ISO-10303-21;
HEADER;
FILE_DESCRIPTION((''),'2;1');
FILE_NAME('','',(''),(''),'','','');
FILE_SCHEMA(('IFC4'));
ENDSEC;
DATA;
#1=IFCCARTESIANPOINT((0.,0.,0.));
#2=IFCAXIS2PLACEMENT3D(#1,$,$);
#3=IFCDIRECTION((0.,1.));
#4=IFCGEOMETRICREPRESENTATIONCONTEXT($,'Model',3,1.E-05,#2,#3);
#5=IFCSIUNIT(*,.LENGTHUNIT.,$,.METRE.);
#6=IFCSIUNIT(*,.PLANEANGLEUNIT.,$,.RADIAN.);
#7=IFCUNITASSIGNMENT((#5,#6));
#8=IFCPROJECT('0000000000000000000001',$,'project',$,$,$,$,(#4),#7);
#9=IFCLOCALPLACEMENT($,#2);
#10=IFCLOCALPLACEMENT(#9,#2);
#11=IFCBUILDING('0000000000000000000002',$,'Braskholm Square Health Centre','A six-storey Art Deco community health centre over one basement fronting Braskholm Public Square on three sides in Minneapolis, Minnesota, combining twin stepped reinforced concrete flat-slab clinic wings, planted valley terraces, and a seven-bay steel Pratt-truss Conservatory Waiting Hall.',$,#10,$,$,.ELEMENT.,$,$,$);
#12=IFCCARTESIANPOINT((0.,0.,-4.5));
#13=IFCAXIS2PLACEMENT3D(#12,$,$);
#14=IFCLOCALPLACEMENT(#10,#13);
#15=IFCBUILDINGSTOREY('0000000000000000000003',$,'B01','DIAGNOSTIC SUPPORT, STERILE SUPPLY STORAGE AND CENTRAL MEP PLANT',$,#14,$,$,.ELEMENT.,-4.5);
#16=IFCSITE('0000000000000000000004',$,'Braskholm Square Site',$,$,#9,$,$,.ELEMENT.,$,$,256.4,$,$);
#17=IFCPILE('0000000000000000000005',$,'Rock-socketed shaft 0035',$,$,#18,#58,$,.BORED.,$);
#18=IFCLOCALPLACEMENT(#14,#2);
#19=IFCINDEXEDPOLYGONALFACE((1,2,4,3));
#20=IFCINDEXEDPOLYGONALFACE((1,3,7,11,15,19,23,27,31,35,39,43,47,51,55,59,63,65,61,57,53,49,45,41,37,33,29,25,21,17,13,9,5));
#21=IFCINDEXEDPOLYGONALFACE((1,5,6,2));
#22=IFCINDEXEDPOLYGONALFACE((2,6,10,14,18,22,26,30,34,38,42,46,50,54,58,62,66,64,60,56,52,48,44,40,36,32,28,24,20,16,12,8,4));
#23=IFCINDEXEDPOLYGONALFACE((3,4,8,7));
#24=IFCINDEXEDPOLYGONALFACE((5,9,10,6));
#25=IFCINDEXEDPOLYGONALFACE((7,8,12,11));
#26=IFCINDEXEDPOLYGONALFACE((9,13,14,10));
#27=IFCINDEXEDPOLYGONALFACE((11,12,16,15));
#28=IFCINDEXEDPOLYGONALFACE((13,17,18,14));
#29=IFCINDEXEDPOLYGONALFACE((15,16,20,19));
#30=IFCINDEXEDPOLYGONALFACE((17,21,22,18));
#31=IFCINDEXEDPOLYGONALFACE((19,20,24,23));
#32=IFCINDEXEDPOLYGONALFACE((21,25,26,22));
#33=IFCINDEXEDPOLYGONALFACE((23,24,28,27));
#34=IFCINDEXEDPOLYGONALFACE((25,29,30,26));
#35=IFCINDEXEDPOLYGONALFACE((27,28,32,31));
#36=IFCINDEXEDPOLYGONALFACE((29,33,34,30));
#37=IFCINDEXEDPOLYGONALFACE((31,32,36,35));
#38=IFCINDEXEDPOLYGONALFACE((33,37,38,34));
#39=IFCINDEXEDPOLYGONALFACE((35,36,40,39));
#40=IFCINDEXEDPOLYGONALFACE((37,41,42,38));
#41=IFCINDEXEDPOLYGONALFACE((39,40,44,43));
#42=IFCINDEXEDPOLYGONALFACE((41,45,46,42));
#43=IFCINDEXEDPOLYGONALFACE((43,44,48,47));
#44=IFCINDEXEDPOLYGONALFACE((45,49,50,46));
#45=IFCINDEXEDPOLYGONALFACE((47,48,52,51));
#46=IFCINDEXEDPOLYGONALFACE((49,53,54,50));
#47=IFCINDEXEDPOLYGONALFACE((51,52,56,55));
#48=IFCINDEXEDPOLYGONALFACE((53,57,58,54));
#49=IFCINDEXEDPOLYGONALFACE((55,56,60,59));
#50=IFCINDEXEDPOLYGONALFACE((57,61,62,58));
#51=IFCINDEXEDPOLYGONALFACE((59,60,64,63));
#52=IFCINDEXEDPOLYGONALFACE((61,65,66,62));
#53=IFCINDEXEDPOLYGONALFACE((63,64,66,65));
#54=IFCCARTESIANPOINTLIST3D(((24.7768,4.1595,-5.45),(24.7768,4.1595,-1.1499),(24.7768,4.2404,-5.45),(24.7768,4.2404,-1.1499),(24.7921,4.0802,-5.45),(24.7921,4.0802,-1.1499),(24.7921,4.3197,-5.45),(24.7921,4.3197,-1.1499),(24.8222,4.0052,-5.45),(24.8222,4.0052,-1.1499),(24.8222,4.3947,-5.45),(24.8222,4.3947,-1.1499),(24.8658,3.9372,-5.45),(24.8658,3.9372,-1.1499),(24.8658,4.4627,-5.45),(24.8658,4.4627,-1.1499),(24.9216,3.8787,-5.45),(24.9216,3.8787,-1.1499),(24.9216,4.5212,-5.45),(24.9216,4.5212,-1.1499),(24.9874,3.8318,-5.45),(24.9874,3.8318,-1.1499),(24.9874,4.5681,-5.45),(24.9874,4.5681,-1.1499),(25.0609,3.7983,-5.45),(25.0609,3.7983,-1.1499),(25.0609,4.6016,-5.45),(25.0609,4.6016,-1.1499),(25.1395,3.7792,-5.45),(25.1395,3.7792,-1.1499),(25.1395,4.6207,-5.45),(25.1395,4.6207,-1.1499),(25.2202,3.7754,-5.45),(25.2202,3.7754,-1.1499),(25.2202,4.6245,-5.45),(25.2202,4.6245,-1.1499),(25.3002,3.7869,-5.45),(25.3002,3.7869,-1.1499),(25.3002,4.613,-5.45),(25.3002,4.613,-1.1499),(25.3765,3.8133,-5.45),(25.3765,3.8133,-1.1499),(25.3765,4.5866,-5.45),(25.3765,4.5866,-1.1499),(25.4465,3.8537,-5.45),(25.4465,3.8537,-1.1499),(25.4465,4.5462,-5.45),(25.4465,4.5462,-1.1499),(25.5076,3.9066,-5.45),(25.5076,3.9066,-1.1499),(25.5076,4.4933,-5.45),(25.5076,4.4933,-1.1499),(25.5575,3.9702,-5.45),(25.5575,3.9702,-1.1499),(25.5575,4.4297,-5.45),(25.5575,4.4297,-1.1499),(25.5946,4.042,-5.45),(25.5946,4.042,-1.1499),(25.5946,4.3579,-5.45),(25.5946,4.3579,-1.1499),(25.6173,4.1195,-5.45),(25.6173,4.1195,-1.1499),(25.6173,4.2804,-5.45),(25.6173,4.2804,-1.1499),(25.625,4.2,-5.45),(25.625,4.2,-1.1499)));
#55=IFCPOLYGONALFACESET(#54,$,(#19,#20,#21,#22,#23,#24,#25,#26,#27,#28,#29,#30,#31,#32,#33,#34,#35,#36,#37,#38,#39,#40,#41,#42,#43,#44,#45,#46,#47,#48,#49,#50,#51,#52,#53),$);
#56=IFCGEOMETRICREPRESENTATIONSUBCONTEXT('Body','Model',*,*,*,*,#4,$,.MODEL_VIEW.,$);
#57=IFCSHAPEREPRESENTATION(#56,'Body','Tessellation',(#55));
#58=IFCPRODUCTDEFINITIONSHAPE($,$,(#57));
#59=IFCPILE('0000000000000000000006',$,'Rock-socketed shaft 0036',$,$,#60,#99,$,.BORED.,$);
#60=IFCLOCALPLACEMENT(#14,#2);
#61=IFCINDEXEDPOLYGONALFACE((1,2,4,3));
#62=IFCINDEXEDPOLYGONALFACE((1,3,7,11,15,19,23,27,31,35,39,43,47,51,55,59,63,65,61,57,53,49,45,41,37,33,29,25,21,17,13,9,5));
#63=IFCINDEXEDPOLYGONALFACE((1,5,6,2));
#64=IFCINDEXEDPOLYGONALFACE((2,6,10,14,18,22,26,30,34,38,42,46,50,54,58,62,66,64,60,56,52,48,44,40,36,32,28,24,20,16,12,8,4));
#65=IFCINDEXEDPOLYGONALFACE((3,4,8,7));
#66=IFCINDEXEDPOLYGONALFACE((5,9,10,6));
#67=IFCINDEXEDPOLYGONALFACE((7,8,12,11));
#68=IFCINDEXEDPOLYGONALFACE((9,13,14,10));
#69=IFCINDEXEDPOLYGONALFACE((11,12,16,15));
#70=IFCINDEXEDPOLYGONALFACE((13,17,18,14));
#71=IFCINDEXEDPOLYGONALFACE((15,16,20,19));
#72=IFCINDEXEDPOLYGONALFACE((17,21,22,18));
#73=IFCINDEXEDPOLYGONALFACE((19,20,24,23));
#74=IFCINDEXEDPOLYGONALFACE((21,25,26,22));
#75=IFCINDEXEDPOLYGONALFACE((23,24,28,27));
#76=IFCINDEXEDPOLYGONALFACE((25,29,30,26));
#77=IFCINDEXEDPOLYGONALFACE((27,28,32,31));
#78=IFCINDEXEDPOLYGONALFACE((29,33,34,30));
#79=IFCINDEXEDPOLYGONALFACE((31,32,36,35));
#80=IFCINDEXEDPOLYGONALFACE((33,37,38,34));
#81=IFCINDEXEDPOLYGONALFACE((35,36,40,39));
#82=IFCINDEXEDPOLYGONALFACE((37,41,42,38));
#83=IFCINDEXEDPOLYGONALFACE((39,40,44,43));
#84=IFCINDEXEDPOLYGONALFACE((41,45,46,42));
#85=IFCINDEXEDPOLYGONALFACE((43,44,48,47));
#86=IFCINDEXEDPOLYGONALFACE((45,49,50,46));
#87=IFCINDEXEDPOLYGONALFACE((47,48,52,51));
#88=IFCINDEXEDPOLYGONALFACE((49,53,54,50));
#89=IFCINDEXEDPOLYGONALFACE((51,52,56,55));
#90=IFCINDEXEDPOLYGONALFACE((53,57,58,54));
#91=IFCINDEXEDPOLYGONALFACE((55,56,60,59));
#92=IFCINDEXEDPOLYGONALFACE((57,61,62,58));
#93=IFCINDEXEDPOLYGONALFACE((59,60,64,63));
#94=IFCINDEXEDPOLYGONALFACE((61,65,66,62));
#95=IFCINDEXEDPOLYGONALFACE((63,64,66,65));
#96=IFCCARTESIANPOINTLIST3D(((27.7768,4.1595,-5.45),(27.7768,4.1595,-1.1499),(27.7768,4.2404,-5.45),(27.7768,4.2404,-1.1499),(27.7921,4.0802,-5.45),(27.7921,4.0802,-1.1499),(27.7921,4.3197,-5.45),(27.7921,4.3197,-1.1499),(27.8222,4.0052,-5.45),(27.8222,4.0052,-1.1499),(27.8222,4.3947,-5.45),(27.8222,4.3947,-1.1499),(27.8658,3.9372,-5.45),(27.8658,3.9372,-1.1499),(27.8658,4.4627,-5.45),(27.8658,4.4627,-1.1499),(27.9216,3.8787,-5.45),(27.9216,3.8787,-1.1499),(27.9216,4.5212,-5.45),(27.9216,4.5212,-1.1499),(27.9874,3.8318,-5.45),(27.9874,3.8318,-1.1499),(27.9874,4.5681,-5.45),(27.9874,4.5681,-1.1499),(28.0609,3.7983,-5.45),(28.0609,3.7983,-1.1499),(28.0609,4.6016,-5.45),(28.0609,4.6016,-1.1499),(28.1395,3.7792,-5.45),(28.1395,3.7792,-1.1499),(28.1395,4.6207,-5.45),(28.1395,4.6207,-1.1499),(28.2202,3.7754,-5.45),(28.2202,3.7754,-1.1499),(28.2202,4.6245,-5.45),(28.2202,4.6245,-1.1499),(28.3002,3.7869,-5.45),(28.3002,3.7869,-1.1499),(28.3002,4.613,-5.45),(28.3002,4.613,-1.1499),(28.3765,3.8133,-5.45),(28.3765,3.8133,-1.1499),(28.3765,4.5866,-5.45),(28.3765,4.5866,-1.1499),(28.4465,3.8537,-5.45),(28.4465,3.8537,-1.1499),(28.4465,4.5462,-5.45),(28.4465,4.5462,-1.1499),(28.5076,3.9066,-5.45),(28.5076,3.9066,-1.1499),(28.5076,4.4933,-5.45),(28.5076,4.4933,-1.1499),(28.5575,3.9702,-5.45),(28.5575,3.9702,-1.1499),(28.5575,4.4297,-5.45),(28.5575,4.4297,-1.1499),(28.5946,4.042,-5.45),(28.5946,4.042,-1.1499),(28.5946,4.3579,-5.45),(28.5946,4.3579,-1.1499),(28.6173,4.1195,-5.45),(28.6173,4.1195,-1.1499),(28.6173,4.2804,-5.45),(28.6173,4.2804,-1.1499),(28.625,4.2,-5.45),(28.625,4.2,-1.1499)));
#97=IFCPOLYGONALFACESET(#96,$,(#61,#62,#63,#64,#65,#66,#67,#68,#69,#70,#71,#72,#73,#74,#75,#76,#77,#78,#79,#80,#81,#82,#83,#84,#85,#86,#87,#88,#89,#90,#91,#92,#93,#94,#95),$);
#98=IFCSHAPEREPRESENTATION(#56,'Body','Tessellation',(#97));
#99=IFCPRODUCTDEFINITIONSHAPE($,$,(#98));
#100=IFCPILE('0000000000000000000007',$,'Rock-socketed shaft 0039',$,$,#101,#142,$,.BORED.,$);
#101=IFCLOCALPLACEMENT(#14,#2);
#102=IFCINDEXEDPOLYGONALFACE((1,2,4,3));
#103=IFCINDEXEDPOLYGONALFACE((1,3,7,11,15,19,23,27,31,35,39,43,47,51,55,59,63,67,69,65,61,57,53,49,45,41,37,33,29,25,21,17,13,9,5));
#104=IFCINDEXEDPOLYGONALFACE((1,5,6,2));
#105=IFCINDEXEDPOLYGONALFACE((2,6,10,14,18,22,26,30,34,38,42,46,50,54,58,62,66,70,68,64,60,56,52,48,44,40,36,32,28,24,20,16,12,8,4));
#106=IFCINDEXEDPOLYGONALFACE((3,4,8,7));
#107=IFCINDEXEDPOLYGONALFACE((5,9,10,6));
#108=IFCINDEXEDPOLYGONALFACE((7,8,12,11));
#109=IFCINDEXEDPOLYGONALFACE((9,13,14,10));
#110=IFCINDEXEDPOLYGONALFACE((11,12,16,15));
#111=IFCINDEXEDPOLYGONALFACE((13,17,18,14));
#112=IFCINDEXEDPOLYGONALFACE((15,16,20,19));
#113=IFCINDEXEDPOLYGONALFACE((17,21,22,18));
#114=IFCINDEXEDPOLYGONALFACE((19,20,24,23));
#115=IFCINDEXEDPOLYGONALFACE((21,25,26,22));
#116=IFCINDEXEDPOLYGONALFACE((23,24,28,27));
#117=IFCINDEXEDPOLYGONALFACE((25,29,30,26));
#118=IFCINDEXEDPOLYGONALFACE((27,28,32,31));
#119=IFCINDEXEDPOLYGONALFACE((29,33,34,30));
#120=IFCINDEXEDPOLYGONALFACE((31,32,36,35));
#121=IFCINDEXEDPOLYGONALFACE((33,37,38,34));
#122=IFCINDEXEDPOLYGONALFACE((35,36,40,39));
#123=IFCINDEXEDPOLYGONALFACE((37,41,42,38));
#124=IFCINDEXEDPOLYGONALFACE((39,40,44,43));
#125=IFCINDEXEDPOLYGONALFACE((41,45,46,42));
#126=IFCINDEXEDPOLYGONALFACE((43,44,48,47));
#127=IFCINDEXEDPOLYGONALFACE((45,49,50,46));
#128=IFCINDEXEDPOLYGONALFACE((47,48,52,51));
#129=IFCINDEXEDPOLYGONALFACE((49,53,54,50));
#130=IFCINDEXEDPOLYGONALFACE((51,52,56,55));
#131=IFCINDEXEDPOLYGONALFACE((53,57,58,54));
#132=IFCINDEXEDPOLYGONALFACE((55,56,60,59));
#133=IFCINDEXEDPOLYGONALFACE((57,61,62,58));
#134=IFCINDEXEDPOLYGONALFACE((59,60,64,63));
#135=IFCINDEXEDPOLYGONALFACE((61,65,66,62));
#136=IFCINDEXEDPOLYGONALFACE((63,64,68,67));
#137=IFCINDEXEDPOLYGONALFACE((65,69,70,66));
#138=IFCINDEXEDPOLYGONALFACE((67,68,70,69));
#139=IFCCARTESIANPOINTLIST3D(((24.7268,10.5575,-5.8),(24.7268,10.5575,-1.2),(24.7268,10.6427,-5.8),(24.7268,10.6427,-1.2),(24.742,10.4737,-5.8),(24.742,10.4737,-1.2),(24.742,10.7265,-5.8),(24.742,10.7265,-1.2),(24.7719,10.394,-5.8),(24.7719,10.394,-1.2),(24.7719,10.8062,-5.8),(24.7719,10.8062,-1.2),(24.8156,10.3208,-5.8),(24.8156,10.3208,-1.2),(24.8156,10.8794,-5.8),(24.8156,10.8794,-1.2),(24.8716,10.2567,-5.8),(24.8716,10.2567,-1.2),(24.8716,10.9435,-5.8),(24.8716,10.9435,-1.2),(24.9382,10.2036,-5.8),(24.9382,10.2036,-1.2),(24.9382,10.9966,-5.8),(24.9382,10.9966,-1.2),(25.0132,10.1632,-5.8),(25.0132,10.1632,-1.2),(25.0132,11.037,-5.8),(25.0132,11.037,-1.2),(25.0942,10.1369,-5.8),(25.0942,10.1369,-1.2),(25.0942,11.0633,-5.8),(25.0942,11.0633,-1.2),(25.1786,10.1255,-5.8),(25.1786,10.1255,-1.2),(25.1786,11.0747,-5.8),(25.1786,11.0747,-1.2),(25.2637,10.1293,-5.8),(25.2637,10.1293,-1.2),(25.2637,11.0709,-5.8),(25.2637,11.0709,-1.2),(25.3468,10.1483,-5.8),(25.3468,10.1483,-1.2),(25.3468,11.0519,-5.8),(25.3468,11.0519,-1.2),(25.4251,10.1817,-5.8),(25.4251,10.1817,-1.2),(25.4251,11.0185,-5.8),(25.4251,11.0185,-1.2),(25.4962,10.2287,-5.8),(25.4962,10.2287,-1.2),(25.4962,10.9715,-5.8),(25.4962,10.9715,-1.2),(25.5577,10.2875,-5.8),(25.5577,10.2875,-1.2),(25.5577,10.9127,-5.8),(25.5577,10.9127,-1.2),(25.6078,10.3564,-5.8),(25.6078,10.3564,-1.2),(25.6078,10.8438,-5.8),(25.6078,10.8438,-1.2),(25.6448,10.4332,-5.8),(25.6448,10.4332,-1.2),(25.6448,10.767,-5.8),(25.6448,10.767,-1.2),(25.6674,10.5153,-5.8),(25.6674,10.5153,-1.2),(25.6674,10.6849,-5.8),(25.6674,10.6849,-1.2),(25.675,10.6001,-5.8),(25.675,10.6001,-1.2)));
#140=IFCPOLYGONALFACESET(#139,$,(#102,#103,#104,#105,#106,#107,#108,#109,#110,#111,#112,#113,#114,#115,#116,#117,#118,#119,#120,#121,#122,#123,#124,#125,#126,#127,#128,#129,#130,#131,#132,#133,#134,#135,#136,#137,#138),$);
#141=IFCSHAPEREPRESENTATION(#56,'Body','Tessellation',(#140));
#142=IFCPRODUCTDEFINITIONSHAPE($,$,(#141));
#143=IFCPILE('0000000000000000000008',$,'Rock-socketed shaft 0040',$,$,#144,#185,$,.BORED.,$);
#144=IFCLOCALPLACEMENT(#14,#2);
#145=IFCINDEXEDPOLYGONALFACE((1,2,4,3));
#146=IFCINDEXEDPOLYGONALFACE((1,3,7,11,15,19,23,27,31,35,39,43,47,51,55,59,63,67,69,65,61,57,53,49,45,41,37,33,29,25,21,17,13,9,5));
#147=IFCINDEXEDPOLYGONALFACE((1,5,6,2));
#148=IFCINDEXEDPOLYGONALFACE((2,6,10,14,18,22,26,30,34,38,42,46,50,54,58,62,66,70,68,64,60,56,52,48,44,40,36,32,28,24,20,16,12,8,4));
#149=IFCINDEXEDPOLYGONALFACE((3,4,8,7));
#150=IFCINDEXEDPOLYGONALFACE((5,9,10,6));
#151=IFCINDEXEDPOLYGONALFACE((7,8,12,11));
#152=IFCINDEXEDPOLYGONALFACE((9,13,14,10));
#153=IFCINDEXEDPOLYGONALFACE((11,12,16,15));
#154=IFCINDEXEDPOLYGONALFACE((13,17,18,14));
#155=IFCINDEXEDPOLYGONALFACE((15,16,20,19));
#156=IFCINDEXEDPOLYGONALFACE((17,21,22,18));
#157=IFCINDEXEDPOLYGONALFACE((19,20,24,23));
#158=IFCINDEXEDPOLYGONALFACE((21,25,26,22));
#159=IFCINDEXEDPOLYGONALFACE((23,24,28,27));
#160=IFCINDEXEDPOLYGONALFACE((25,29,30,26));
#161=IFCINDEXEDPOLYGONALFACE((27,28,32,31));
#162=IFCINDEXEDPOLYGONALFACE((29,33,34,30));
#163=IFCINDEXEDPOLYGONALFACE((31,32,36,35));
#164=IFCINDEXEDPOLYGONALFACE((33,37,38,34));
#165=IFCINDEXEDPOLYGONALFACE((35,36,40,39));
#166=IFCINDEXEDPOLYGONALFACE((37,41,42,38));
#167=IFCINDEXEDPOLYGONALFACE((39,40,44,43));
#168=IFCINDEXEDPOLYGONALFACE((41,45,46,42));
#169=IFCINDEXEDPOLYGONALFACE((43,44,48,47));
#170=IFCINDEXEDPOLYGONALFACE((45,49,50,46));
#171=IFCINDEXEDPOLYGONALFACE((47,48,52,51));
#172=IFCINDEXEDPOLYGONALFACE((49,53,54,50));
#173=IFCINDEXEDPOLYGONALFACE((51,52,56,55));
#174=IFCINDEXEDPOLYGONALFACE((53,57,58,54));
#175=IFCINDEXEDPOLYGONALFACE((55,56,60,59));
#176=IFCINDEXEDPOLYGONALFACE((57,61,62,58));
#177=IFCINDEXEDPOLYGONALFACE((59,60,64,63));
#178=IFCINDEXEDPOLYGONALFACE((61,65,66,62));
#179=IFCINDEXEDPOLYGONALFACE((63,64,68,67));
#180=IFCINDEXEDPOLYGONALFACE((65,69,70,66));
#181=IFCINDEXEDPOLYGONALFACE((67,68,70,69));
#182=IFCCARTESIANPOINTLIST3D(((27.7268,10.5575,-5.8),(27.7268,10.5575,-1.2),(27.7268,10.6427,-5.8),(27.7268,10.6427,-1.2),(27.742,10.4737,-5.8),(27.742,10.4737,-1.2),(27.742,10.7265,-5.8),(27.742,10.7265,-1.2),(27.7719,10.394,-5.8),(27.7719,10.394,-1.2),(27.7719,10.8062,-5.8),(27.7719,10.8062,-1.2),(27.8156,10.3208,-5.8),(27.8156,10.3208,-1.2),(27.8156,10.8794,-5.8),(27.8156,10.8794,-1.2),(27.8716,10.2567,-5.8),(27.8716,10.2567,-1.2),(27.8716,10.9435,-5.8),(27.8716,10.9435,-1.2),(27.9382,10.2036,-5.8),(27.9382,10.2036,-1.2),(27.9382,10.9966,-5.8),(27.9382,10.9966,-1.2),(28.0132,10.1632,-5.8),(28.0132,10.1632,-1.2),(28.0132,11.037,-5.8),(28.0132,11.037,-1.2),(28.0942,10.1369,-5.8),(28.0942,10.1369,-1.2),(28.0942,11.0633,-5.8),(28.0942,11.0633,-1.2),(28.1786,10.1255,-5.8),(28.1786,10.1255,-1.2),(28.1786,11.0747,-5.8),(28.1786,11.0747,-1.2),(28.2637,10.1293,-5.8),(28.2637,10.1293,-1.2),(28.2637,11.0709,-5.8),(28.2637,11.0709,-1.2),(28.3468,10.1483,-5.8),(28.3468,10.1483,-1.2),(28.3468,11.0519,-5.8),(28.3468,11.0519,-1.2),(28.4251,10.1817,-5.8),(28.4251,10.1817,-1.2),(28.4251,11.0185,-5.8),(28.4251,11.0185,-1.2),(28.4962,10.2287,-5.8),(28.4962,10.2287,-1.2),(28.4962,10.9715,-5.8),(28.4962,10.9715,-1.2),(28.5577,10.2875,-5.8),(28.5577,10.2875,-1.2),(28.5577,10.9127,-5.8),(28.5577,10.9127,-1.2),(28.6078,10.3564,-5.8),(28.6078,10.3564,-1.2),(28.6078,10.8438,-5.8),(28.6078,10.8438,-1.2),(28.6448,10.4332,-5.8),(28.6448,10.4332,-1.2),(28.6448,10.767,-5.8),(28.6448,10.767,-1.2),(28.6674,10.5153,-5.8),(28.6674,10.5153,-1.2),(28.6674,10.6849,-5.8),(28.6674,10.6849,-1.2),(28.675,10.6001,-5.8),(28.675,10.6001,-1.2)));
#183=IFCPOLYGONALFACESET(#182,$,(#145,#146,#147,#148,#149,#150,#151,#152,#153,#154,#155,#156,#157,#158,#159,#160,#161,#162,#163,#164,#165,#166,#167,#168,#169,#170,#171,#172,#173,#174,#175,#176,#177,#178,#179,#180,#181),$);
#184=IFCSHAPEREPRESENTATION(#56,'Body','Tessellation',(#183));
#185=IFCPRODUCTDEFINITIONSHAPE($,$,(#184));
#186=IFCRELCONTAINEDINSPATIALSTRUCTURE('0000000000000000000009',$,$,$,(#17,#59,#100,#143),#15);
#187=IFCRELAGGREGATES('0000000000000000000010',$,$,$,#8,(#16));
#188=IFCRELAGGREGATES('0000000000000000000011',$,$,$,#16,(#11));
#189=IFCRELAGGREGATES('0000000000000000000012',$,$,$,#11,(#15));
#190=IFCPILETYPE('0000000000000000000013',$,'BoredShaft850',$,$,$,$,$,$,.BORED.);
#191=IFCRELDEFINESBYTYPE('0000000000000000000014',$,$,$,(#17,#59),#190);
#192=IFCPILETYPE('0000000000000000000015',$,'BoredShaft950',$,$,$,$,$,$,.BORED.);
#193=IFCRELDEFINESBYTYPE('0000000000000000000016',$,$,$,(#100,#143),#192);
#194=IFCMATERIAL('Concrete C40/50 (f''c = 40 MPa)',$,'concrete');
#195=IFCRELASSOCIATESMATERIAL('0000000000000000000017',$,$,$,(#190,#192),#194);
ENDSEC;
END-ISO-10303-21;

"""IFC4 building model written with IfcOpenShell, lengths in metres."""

from ifc_helpers import new_model, si_unit, direction, frame, origin, origin_2d, place, context, subcontext, project, spatial, circle, extrude, material, material_profile, profile_set, type_object, element, save


model = new_model("IFC4")

# Units and contexts
model_context = context("Model", 3, precision=1e-05, world=origin(), true_north=direction((0.0, 1.0)))
body_context = subcontext(model_context, "Body", "Model", "MODEL_VIEW")
ifc_project = project(units=[si_unit("LENGTHUNIT", "METRE"), si_unit("PLANEANGLEUNIT", "RADIAN")], contexts=[model_context])

# Site, building, storey
site_placement = place(None, origin())
site = spatial("IfcSite", under=ifc_project, at=site_placement, Name="Braskholm Square Site", CompositionType="ELEMENT", RefElevation=256.4)
building_placement = place(site_placement, origin())
building = spatial("IfcBuilding", under=site, at=building_placement, Name="Braskholm Square Health Centre", Description="A six-storey Art Deco community health centre over one basement fronting Braskholm Public Square on three sides in Minneapolis, Minnesota, combining twin stepped reinforced concrete flat-slab clinic wings, planted valley terraces, and a seven-bay steel Pratt-truss Conservatory Waiting Hall.", CompositionType="ELEMENT")
storey_placement = place(building_placement, frame((0.0, 0.0, -4.5)))
storey = spatial("IfcBuildingStorey", under=building, at=storey_placement, Name="B01", Description="DIAGNOSTIC SUPPORT, STERILE SUPPLY STORAGE AND CENTRAL MEP PLANT", CompositionType="ELEMENT", Elevation=-4.5)

# Piles
ifc_material_1 = material(Name="Concrete C40/50 (f'c = 40 MPa)", Category="concrete")
ifc_material_profile_1 = material_profile(ifc_material_1, circle(Radius=0.425, at=origin_2d()), Name="BORED-PILE-850")
ifc_profile_set_1 = profile_set([ifc_material_profile_1], Name="Concrete C40/50 (f'c = 40 MPa)")
pile_type_1 = type_object("IfcPileType", Name="BoredShaft850", PredefinedType="BORED", material=ifc_profile_set_1)
for number, where, z_axis, x_axis, name in (
    (1, (25.2, 4.2, -1.1499), (0.0, 0.0, -1.0), (1.0, 0.0, 0.0), "Rock-socketed shaft 0035"),
    (2, (28.2, 4.2, -1.1499), (0.0, 0.0, -1.0), (1.0, 0.0, 0.0), "Rock-socketed shaft 0036"),
):
    element("IfcPile", number, at=place(storey_placement, frame(where, z_axis=z_axis, x_axis=x_axis)), inside=storey, type_object=pile_type_1, Name=name, PredefinedType="BORED", context=body_context, shape_type="SweptSolid", body=[
        extrude(circle(Radius=0.425, at=origin_2d()), origin(), (0.0, 0.0, 1.0), 4.3),
    ])
ifc_material_profile_2 = material_profile(ifc_material_1, circle(Radius=0.4751, at=origin_2d()), Name="BORED-PILE-950")
ifc_profile_set_2 = profile_set([ifc_material_profile_2], Name="Concrete C40/50 (f'c = 40 MPa)")
pile_type_2 = type_object("IfcPileType", Name="BoredShaft950", PredefinedType="BORED", material=ifc_profile_set_2)
for number, where, z_axis, x_axis, name in (
    (3, (25.2, 10.6001, -1.2), (0.0, 0.0, -1.0), (1.0, 0.0, 0.0), "Rock-socketed shaft 0039"),
    (4, (28.2, 10.6001, -1.2), (0.0, 0.0, -1.0), (1.0, 0.0, 0.0), "Rock-socketed shaft 0040"),
):
    element("IfcPile", number, at=place(storey_placement, frame(where, z_axis=z_axis, x_axis=x_axis)), inside=storey, type_object=pile_type_2, Name=name, PredefinedType="BORED", context=body_context, shape_type="SweptSolid", body=[
        extrude(circle(Radius=0.4751, at=origin_2d()), origin(), (0.0, 0.0, 1.0), 4.6001),
    ])

save(model, "model.ifc")
